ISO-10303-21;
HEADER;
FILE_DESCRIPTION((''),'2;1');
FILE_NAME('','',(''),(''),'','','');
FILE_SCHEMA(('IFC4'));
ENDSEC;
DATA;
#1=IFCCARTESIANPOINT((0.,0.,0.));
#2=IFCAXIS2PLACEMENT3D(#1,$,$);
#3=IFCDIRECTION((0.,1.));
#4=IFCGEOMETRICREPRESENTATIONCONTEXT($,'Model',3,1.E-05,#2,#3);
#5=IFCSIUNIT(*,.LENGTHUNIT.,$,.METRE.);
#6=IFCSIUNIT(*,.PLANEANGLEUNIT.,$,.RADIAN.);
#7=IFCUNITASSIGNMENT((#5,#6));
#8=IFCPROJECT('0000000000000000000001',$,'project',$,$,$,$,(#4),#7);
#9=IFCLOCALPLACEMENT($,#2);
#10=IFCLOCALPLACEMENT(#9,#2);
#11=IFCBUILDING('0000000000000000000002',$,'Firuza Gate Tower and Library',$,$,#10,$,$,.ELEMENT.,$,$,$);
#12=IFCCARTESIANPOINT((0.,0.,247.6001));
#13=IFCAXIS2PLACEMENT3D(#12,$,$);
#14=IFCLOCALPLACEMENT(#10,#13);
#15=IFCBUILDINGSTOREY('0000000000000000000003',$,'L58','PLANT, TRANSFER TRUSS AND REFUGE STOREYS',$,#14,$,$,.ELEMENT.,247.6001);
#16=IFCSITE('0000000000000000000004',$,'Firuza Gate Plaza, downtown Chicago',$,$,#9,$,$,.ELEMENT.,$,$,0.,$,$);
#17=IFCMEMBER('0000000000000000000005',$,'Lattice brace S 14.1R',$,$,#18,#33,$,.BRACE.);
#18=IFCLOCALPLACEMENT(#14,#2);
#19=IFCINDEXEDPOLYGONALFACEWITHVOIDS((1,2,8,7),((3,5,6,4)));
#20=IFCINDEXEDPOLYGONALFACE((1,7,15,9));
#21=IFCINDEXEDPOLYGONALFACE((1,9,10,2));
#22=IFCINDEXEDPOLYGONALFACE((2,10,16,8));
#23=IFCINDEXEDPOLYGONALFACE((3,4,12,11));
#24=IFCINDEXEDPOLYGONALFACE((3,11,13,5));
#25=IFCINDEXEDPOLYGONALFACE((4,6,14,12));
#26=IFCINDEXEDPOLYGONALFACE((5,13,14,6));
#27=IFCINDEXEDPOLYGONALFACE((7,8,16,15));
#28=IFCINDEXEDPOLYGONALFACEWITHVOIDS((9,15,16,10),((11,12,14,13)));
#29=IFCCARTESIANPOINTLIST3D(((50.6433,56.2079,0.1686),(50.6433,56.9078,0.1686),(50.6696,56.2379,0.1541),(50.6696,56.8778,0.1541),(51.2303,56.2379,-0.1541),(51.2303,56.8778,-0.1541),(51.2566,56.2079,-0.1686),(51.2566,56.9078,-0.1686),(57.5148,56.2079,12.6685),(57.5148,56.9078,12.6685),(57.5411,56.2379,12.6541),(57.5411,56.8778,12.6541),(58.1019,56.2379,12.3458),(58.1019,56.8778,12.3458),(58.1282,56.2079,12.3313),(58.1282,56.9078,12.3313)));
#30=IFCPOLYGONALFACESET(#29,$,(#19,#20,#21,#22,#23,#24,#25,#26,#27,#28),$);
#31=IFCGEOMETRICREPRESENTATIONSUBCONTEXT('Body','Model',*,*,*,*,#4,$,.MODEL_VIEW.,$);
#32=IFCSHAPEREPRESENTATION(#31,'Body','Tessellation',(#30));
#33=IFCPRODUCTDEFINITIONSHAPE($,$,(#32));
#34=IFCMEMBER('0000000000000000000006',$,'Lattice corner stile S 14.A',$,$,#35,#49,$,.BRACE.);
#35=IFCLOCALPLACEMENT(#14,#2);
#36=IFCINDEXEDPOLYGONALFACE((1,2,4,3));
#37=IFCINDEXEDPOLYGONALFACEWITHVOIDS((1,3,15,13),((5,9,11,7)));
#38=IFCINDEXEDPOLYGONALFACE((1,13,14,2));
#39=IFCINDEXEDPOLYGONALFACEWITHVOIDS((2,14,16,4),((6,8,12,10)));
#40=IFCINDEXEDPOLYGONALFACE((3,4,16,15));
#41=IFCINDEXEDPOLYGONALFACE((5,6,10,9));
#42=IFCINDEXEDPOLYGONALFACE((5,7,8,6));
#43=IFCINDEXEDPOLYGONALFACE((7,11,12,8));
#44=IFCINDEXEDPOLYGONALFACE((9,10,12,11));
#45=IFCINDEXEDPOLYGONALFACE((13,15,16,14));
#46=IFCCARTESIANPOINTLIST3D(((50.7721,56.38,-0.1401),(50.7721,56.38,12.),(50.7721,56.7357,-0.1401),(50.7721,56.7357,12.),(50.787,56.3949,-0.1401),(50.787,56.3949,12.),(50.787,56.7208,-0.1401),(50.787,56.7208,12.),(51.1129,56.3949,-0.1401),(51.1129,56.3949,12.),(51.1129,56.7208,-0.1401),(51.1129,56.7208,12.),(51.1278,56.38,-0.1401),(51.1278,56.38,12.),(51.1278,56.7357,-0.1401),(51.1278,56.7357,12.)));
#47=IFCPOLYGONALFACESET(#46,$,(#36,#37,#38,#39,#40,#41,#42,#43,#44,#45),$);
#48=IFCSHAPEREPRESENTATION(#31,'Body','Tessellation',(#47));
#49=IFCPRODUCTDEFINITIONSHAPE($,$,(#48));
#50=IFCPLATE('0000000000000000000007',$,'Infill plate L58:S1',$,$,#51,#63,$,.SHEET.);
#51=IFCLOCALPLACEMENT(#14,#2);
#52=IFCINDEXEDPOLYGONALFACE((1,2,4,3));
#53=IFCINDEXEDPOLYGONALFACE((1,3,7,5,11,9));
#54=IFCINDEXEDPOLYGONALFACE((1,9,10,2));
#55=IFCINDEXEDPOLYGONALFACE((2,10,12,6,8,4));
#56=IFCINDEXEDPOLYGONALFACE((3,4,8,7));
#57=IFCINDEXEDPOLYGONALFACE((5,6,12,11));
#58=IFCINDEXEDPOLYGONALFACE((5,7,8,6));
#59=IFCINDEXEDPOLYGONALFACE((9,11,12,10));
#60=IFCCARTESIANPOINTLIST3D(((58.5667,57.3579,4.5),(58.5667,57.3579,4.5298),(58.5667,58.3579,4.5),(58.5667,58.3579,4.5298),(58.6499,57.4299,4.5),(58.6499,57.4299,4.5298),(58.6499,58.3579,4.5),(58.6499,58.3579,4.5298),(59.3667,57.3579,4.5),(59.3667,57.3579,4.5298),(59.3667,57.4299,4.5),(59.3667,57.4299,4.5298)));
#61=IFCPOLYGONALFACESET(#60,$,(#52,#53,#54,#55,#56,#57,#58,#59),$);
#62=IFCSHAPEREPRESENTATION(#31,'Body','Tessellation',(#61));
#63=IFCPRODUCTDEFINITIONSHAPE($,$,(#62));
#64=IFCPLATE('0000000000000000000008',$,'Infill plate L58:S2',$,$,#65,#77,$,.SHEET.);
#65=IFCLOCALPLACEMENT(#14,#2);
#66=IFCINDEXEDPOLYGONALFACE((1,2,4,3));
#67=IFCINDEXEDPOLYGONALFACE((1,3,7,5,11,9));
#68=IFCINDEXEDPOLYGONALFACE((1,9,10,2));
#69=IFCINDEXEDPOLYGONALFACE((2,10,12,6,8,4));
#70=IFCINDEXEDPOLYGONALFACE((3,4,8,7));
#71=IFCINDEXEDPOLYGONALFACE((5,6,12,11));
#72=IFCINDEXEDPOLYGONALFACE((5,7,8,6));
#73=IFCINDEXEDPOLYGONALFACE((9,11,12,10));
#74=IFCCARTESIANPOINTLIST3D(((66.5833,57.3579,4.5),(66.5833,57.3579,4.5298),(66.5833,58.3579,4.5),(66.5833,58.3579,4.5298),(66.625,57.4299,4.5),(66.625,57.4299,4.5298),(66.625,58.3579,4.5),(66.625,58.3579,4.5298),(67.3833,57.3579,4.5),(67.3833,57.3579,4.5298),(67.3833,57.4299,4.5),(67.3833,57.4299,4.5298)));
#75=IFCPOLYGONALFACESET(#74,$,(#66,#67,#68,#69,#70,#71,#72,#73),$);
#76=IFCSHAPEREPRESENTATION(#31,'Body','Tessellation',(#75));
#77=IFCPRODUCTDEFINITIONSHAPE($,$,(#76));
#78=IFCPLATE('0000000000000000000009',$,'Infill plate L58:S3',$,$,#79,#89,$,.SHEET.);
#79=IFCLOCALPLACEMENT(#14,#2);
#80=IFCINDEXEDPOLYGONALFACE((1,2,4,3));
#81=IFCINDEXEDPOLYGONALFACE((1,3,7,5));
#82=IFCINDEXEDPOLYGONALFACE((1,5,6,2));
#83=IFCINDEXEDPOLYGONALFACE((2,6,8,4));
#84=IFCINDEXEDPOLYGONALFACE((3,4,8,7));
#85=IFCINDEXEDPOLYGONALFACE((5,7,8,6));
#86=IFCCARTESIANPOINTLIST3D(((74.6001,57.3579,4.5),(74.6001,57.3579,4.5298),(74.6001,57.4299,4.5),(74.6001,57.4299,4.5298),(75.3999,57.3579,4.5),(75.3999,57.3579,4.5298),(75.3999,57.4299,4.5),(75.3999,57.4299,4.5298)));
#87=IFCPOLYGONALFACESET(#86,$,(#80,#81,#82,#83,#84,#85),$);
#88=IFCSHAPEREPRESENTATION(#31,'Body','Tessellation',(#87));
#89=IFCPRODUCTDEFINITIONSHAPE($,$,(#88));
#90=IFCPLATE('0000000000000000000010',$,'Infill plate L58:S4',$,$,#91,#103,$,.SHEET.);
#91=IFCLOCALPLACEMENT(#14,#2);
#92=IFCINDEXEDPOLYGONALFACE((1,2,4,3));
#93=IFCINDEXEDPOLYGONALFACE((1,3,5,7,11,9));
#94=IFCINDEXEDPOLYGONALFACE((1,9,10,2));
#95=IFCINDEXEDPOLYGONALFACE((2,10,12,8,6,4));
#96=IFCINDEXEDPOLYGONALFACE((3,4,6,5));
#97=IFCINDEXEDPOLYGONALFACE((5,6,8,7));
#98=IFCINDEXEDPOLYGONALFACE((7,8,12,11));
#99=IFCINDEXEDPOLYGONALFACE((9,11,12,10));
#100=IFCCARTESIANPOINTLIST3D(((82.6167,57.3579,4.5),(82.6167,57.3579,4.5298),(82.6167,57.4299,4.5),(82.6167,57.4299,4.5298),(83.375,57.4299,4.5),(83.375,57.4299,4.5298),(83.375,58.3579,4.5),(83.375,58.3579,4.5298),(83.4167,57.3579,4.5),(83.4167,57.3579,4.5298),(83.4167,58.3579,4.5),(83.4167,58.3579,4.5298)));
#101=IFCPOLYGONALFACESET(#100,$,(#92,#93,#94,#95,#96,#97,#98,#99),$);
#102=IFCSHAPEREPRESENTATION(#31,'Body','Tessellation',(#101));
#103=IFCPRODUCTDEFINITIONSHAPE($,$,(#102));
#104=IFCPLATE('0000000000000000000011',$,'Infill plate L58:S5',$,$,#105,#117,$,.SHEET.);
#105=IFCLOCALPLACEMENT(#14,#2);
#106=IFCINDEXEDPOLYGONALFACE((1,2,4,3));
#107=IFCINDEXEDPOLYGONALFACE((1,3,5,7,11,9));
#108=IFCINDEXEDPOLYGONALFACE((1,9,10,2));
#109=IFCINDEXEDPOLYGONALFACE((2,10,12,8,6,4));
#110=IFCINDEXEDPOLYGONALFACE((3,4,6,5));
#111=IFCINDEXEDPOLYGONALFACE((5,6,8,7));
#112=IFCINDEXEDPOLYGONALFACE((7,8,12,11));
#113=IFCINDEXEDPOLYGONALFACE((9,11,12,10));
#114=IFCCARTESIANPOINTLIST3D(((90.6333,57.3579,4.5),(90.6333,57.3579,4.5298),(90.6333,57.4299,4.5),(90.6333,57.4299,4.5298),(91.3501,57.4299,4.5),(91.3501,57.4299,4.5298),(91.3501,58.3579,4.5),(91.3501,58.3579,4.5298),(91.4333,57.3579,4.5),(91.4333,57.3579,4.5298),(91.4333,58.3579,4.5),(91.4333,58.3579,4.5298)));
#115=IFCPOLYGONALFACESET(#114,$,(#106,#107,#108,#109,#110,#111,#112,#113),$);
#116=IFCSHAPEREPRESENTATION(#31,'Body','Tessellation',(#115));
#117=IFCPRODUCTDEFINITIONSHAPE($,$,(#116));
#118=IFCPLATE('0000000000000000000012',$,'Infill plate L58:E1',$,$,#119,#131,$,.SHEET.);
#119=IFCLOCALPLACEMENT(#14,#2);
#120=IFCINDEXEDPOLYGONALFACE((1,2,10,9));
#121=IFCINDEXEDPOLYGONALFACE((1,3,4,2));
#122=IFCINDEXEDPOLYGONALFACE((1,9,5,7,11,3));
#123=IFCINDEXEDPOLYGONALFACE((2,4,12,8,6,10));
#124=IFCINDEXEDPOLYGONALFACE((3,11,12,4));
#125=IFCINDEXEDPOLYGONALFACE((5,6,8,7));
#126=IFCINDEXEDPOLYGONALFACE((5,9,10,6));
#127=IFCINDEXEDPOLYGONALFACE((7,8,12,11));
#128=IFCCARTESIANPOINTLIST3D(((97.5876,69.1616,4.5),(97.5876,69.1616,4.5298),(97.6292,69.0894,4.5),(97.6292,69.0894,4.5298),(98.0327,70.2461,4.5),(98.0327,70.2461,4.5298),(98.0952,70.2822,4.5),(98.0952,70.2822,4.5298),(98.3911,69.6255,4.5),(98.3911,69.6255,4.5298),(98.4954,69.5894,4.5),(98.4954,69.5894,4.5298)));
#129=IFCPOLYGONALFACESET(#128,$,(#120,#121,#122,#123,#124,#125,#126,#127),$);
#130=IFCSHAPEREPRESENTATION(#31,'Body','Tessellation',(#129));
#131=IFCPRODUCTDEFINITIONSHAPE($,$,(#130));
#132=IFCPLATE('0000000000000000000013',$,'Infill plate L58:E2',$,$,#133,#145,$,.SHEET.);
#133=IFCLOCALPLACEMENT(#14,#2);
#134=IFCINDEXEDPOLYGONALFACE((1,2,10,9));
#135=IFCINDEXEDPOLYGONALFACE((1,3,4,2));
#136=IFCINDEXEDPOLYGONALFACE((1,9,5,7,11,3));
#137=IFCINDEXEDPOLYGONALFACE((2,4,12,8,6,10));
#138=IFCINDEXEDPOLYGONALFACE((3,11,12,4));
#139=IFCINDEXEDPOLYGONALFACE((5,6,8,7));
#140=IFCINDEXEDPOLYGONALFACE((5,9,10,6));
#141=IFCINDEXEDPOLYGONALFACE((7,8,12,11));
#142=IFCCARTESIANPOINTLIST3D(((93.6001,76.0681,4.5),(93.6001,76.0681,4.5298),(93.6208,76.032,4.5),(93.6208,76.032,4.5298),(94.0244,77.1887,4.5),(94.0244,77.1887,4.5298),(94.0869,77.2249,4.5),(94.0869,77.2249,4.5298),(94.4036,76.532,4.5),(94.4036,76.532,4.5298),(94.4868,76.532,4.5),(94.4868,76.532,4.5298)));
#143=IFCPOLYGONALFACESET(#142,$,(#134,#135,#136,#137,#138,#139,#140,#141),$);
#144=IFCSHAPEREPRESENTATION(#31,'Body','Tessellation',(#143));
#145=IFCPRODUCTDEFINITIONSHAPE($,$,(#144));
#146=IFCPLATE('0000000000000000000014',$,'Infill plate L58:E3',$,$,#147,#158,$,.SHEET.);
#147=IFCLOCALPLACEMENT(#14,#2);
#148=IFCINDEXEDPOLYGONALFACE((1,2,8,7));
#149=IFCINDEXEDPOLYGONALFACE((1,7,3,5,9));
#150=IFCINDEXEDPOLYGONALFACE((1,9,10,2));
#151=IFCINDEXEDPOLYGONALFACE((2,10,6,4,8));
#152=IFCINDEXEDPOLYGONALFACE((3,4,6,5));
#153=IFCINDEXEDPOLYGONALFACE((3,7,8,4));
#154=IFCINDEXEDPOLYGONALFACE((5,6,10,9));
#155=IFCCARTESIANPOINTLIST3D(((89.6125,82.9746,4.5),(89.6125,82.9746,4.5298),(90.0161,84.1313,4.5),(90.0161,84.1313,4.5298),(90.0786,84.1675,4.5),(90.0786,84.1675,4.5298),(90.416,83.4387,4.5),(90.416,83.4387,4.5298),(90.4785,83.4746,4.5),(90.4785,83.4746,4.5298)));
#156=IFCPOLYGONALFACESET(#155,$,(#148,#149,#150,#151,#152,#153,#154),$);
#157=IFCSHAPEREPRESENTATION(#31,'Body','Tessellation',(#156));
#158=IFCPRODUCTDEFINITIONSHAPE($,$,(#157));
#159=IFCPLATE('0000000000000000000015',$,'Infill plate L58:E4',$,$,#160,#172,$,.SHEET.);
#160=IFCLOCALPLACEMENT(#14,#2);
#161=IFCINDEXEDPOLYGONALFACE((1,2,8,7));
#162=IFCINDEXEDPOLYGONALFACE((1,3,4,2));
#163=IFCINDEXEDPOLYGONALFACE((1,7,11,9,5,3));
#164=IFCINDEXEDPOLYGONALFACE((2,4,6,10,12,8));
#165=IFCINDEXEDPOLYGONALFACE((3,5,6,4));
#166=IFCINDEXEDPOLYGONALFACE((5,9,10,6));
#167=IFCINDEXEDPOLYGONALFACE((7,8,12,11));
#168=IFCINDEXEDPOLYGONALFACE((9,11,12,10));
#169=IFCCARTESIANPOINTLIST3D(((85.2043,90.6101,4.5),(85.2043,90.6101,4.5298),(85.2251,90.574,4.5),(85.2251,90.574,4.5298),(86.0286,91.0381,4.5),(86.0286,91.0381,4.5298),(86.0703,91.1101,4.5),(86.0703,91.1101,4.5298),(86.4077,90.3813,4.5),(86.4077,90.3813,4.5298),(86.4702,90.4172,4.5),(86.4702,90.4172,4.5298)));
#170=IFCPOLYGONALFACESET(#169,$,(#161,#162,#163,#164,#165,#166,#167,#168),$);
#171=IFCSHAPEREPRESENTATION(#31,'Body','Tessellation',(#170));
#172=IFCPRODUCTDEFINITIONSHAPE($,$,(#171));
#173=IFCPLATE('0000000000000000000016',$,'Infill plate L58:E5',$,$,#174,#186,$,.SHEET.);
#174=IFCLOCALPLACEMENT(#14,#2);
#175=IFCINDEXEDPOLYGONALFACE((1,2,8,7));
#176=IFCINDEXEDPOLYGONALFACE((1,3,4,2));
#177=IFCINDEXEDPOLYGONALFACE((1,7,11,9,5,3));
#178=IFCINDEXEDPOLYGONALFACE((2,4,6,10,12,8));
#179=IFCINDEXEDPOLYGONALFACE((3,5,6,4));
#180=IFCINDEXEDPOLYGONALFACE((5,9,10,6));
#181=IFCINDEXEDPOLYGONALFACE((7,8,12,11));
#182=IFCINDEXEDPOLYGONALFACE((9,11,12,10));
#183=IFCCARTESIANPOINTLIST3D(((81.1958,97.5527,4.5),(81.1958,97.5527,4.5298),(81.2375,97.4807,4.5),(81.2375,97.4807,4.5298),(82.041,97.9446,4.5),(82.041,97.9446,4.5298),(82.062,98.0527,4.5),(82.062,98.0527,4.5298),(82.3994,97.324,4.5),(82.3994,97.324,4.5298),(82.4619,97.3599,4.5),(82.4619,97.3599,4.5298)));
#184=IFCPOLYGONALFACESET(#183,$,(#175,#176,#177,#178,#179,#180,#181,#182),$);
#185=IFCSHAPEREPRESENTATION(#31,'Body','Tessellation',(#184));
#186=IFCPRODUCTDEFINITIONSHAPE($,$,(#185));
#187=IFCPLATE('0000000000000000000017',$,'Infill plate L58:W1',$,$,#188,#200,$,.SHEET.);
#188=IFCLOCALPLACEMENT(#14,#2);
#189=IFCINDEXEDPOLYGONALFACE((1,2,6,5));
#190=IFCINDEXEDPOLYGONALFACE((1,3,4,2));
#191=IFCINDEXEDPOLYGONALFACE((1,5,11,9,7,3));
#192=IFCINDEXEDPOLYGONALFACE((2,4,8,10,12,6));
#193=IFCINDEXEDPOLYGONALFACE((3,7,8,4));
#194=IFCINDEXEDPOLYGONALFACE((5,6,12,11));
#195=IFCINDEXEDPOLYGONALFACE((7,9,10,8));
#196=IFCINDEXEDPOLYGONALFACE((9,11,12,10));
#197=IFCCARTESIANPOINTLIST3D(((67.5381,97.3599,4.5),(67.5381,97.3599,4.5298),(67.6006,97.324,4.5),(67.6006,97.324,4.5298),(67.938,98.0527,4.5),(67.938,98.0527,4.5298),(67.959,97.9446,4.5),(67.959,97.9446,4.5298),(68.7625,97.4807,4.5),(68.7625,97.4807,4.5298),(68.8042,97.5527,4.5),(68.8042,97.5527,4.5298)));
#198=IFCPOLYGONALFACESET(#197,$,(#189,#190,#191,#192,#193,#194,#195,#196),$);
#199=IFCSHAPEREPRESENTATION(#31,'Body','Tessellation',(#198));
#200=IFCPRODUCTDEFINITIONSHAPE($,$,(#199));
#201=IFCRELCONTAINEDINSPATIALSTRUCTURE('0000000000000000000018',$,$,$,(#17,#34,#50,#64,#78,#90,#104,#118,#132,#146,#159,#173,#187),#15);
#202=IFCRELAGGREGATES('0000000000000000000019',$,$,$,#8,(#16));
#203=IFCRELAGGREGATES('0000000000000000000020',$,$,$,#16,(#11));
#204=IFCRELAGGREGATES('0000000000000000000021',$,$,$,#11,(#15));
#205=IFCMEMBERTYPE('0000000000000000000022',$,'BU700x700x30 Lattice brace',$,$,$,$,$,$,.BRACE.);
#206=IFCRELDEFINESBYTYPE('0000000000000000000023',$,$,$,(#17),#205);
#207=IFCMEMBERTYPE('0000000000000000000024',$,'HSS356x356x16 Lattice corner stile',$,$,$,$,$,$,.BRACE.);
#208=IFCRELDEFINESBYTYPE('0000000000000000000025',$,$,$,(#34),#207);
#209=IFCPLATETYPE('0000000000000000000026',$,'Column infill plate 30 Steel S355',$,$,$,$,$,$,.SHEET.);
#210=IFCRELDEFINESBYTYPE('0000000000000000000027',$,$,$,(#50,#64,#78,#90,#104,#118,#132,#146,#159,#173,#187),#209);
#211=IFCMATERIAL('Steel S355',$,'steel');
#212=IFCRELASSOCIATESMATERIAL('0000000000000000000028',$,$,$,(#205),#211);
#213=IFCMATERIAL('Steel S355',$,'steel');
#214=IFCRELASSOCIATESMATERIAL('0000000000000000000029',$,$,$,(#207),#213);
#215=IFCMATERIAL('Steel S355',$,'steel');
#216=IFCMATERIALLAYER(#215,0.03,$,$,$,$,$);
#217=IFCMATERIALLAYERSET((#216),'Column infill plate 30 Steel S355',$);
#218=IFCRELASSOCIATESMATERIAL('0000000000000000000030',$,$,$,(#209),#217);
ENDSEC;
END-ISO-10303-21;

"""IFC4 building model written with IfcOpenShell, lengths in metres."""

from ifc_helpers import new_model, si_unit, direction, frame, origin, origin_2d, place, context, subcontext, project, spatial, polyline, hollow_rectangle, outline, extrude, material, layer, layer_set, material_profile, profile_set, type_object, element, save


model = new_model("IFC4")

# Units and contexts
model_context = context("Model", 3, precision=1e-05, world=origin(), true_north=direction((0.0, 1.0)))
body_context = subcontext(model_context, "Body", "Model", "MODEL_VIEW")
ifc_project = project(units=[si_unit("LENGTHUNIT", "METRE"), si_unit("PLANEANGLEUNIT", "RADIAN")], contexts=[model_context])

# Site, building, storey
site_placement = place(None, origin())
site = spatial("IfcSite", under=ifc_project, at=site_placement, Name="Firuza Gate Plaza, downtown Chicago", CompositionType="ELEMENT", RefElevation=0.0)
building_placement = place(site_placement, origin())
building = spatial("IfcBuilding", under=site, at=building_placement, Name="Firuza Gate Tower and Library", CompositionType="ELEMENT")
storey_placement = place(building_placement, frame((0.0, 0.0, 247.6001)))
storey = spatial("IfcBuildingStorey", under=building, at=storey_placement, Name="L58", Description="PLANT, TRANSFER TRUSS AND REFUGE STOREYS", CompositionType="ELEMENT", Elevation=247.6001)

# Members
ifc_material_1 = material(Name="Steel S355", Category="steel")
ifc_material_profile_1 = material_profile(ifc_material_1, hollow_rectangle(XDim=0.7, YDim=0.7, WallThickness=0.03, at=origin_2d()))
ifc_profile_set_1 = profile_set([ifc_material_profile_1], Name="Steel S355")
member_type_1 = type_object("IfcMemberType", Name="BU700x700x30 Lattice brace", PredefinedType="BRACE", material=ifc_profile_set_1)
member_1_placement = place(storey_placement, frame((50.95, 56.5579, 0.0), z_axis=(0.481735, 0.0, 0.876317), x_axis=(0.0, 1.0, 0.0)))
element("IfcMember", 1, at=member_1_placement, inside=storey, type_object=member_type_1, Name="Lattice brace S 14.1R", PredefinedType="BRACE", context=body_context, shape_type="SweptSolid", body=[
    extrude(hollow_rectangle(XDim=0.7, YDim=0.7, WallThickness=0.03, at=origin_2d()), origin(), (0.0, 0.0, 1.0), 14.2642),
])
ifc_material_2 = material(Name="Steel S355", Category="steel")
ifc_material_profile_2 = material_profile(ifc_material_2, hollow_rectangle(XDim=0.3557, YDim=0.3557, WallThickness=0.0149, at=origin_2d()))
ifc_profile_set_2 = profile_set([ifc_material_profile_2], Name="Steel S355")
member_type_2 = type_object("IfcMemberType", Name="HSS356x356x16 Lattice corner stile", PredefinedType="BRACE", material=ifc_profile_set_2)
member_2_placement = place(storey_placement, frame((50.95, 56.5579, -0.1401), z_axis=(0.0, 0.0, 1.0), x_axis=(1.0, 0.0, 0.0)))
element("IfcMember", 2, at=member_2_placement, inside=storey, type_object=member_type_2, Name="Lattice corner stile S 14.A", PredefinedType="BRACE", context=body_context, shape_type="SweptSolid", body=[
    extrude(hollow_rectangle(XDim=0.3557, YDim=0.3557, WallThickness=0.0149, at=origin_2d()), origin(), (0.0, 0.0, 1.0), 12.1401),
])

# Plates
ifc_material_3 = material(Name="Steel S355", Category="steel")
ifc_layer_1 = layer(ifc_material_3, 0.03)
ifc_layer_set_1 = layer_set([ifc_layer_1], Name="Column infill plate 30 Steel S355")
plate_type = type_object("IfcPlateType", Name="Column infill plate 30 Steel S355", PredefinedType="SHEET", material=ifc_layer_set_1)
placement_1 = place(storey_placement, frame((0.0, 0.0, 4.5)))
element("IfcPlate", 3, at=placement_1, inside=storey, type_object=plate_type, Name="Infill plate L58:S1", PredefinedType="SHEET", context=body_context, shape_type="SweptSolid", body=[
    extrude(outline(polyline([(59.3667, 57.3579), (59.3667, 57.4299), (58.6499, 57.4299), (58.6499, 58.3579), (58.5667, 58.3579), (58.5667, 57.3579), (59.3667, 57.3579)])), origin(), (0.0, 0.0, 1.0), 0.0298),
])
element("IfcPlate", 4, at=placement_1, inside=storey, type_object=plate_type, Name="Infill plate L58:S2", PredefinedType="SHEET", context=body_context, shape_type="SweptSolid", body=[
    extrude(outline(polyline([(67.3833, 57.3579), (67.3833, 57.4299), (66.625, 57.4299), (66.625, 58.3579), (66.5833, 58.3579), (66.5833, 57.3579), (67.3833, 57.3579)])), origin(), (0.0, 0.0, 1.0), 0.0298),
])
element("IfcPlate", 5, at=placement_1, inside=storey, type_object=plate_type, Name="Infill plate L58:S3", PredefinedType="SHEET", context=body_context, shape_type="SweptSolid", body=[
    extrude(outline(polyline([(75.3999, 57.3579), (75.3999, 57.4299), (74.6001, 57.4299), (74.6001, 57.3579), (75.3999, 57.3579)])), origin(), (0.0, 0.0, 1.0), 0.0298),
])
element("IfcPlate", 6, at=placement_1, inside=storey, type_object=plate_type, Name="Infill plate L58:S4", PredefinedType="SHEET", context=body_context, shape_type="SweptSolid", body=[
    extrude(outline(polyline([(83.4167, 58.3579), (83.375, 58.3579), (83.375, 57.4299), (82.6167, 57.4299), (82.6167, 57.3579), (83.4167, 57.3579), (83.4167, 58.3579)])), origin(), (0.0, 0.0, 1.0), 0.0298),
])
element("IfcPlate", 7, at=placement_1, inside=storey, type_object=plate_type, Name="Infill plate L58:S5", PredefinedType="SHEET", context=body_context, shape_type="SweptSolid", body=[
    extrude(outline(polyline([(91.4333, 58.3579), (91.3501, 58.3579), (91.3501, 57.4299), (90.6333, 57.4299), (90.6333, 57.3579), (91.4333, 57.3579), (91.4333, 58.3579)])), origin(), (0.0, 0.0, 1.0), 0.0298),
])
element("IfcPlate", 8, at=placement_1, inside=storey, type_object=plate_type, Name="Infill plate L58:E1", PredefinedType="SHEET", context=body_context, shape_type="SweptSolid", body=[
    extrude(outline(polyline([(98.0952, 70.2822), (98.0327, 70.2461), (98.3911, 69.6255), (97.5876, 69.1616), (97.6292, 69.0894), (98.4954, 69.5894), (98.0952, 70.2822)])), origin(), (0.0, 0.0, 1.0), 0.0298),
])
element("IfcPlate", 9, at=placement_1, inside=storey, type_object=plate_type, Name="Infill plate L58:E2", PredefinedType="SHEET", context=body_context, shape_type="SweptSolid", body=[
    extrude(outline(polyline([(94.0869, 77.2249), (94.0244, 77.1887), (94.4036, 76.532), (93.6001, 76.0681), (93.6208, 76.032), (94.4868, 76.532), (94.0869, 77.2249)])), origin(), (0.0, 0.0, 1.0), 0.0298),
])
element("IfcPlate", 10, at=placement_1, inside=storey, type_object=plate_type, Name="Infill plate L58:E3", PredefinedType="SHEET", context=body_context, shape_type="SweptSolid", body=[
    extrude(outline(polyline([(90.0786, 84.1675), (90.0161, 84.1313), (90.416, 83.4387), (89.6125, 82.9746), (89.6125, 82.9746), (90.4785, 83.4746), (90.0786, 84.1675)])), origin(), (0.0, 0.0, 1.0), 0.0298),
])
element("IfcPlate", 11, at=placement_1, inside=storey, type_object=plate_type, Name="Infill plate L58:E4", PredefinedType="SHEET", context=body_context, shape_type="SweptSolid", body=[
    extrude(outline(polyline([(85.2043, 90.6101), (85.2251, 90.574), (86.0286, 91.0381), (86.4077, 90.3813), (86.4702, 90.4172), (86.0703, 91.1101), (85.2043, 90.6101)])), origin(), (0.0, 0.0, 1.0), 0.0298),
])
element("IfcPlate", 12, at=placement_1, inside=storey, type_object=plate_type, Name="Infill plate L58:E5", PredefinedType="SHEET", context=body_context, shape_type="SweptSolid", body=[
    extrude(outline(polyline([(81.1958, 97.5527), (81.2375, 97.4807), (82.041, 97.9446), (82.3994, 97.324), (82.4619, 97.3599), (82.062, 98.0527), (81.1958, 97.5527)])), origin(), (0.0, 0.0, 1.0), 0.0298),
])
element("IfcPlate", 13, at=placement_1, inside=storey, type_object=plate_type, Name="Infill plate L58:W1", PredefinedType="SHEET", context=body_context, shape_type="SweptSolid", body=[
    extrude(outline(polyline([(67.5381, 97.3599), (67.6006, 97.324), (67.959, 97.9446), (68.7625, 97.4807), (68.8042, 97.5527), (67.938, 98.0527), (67.5381, 97.3599)])), origin(), (0.0, 0.0, 1.0), 0.0298),
])

save(model, "model.ifc")
